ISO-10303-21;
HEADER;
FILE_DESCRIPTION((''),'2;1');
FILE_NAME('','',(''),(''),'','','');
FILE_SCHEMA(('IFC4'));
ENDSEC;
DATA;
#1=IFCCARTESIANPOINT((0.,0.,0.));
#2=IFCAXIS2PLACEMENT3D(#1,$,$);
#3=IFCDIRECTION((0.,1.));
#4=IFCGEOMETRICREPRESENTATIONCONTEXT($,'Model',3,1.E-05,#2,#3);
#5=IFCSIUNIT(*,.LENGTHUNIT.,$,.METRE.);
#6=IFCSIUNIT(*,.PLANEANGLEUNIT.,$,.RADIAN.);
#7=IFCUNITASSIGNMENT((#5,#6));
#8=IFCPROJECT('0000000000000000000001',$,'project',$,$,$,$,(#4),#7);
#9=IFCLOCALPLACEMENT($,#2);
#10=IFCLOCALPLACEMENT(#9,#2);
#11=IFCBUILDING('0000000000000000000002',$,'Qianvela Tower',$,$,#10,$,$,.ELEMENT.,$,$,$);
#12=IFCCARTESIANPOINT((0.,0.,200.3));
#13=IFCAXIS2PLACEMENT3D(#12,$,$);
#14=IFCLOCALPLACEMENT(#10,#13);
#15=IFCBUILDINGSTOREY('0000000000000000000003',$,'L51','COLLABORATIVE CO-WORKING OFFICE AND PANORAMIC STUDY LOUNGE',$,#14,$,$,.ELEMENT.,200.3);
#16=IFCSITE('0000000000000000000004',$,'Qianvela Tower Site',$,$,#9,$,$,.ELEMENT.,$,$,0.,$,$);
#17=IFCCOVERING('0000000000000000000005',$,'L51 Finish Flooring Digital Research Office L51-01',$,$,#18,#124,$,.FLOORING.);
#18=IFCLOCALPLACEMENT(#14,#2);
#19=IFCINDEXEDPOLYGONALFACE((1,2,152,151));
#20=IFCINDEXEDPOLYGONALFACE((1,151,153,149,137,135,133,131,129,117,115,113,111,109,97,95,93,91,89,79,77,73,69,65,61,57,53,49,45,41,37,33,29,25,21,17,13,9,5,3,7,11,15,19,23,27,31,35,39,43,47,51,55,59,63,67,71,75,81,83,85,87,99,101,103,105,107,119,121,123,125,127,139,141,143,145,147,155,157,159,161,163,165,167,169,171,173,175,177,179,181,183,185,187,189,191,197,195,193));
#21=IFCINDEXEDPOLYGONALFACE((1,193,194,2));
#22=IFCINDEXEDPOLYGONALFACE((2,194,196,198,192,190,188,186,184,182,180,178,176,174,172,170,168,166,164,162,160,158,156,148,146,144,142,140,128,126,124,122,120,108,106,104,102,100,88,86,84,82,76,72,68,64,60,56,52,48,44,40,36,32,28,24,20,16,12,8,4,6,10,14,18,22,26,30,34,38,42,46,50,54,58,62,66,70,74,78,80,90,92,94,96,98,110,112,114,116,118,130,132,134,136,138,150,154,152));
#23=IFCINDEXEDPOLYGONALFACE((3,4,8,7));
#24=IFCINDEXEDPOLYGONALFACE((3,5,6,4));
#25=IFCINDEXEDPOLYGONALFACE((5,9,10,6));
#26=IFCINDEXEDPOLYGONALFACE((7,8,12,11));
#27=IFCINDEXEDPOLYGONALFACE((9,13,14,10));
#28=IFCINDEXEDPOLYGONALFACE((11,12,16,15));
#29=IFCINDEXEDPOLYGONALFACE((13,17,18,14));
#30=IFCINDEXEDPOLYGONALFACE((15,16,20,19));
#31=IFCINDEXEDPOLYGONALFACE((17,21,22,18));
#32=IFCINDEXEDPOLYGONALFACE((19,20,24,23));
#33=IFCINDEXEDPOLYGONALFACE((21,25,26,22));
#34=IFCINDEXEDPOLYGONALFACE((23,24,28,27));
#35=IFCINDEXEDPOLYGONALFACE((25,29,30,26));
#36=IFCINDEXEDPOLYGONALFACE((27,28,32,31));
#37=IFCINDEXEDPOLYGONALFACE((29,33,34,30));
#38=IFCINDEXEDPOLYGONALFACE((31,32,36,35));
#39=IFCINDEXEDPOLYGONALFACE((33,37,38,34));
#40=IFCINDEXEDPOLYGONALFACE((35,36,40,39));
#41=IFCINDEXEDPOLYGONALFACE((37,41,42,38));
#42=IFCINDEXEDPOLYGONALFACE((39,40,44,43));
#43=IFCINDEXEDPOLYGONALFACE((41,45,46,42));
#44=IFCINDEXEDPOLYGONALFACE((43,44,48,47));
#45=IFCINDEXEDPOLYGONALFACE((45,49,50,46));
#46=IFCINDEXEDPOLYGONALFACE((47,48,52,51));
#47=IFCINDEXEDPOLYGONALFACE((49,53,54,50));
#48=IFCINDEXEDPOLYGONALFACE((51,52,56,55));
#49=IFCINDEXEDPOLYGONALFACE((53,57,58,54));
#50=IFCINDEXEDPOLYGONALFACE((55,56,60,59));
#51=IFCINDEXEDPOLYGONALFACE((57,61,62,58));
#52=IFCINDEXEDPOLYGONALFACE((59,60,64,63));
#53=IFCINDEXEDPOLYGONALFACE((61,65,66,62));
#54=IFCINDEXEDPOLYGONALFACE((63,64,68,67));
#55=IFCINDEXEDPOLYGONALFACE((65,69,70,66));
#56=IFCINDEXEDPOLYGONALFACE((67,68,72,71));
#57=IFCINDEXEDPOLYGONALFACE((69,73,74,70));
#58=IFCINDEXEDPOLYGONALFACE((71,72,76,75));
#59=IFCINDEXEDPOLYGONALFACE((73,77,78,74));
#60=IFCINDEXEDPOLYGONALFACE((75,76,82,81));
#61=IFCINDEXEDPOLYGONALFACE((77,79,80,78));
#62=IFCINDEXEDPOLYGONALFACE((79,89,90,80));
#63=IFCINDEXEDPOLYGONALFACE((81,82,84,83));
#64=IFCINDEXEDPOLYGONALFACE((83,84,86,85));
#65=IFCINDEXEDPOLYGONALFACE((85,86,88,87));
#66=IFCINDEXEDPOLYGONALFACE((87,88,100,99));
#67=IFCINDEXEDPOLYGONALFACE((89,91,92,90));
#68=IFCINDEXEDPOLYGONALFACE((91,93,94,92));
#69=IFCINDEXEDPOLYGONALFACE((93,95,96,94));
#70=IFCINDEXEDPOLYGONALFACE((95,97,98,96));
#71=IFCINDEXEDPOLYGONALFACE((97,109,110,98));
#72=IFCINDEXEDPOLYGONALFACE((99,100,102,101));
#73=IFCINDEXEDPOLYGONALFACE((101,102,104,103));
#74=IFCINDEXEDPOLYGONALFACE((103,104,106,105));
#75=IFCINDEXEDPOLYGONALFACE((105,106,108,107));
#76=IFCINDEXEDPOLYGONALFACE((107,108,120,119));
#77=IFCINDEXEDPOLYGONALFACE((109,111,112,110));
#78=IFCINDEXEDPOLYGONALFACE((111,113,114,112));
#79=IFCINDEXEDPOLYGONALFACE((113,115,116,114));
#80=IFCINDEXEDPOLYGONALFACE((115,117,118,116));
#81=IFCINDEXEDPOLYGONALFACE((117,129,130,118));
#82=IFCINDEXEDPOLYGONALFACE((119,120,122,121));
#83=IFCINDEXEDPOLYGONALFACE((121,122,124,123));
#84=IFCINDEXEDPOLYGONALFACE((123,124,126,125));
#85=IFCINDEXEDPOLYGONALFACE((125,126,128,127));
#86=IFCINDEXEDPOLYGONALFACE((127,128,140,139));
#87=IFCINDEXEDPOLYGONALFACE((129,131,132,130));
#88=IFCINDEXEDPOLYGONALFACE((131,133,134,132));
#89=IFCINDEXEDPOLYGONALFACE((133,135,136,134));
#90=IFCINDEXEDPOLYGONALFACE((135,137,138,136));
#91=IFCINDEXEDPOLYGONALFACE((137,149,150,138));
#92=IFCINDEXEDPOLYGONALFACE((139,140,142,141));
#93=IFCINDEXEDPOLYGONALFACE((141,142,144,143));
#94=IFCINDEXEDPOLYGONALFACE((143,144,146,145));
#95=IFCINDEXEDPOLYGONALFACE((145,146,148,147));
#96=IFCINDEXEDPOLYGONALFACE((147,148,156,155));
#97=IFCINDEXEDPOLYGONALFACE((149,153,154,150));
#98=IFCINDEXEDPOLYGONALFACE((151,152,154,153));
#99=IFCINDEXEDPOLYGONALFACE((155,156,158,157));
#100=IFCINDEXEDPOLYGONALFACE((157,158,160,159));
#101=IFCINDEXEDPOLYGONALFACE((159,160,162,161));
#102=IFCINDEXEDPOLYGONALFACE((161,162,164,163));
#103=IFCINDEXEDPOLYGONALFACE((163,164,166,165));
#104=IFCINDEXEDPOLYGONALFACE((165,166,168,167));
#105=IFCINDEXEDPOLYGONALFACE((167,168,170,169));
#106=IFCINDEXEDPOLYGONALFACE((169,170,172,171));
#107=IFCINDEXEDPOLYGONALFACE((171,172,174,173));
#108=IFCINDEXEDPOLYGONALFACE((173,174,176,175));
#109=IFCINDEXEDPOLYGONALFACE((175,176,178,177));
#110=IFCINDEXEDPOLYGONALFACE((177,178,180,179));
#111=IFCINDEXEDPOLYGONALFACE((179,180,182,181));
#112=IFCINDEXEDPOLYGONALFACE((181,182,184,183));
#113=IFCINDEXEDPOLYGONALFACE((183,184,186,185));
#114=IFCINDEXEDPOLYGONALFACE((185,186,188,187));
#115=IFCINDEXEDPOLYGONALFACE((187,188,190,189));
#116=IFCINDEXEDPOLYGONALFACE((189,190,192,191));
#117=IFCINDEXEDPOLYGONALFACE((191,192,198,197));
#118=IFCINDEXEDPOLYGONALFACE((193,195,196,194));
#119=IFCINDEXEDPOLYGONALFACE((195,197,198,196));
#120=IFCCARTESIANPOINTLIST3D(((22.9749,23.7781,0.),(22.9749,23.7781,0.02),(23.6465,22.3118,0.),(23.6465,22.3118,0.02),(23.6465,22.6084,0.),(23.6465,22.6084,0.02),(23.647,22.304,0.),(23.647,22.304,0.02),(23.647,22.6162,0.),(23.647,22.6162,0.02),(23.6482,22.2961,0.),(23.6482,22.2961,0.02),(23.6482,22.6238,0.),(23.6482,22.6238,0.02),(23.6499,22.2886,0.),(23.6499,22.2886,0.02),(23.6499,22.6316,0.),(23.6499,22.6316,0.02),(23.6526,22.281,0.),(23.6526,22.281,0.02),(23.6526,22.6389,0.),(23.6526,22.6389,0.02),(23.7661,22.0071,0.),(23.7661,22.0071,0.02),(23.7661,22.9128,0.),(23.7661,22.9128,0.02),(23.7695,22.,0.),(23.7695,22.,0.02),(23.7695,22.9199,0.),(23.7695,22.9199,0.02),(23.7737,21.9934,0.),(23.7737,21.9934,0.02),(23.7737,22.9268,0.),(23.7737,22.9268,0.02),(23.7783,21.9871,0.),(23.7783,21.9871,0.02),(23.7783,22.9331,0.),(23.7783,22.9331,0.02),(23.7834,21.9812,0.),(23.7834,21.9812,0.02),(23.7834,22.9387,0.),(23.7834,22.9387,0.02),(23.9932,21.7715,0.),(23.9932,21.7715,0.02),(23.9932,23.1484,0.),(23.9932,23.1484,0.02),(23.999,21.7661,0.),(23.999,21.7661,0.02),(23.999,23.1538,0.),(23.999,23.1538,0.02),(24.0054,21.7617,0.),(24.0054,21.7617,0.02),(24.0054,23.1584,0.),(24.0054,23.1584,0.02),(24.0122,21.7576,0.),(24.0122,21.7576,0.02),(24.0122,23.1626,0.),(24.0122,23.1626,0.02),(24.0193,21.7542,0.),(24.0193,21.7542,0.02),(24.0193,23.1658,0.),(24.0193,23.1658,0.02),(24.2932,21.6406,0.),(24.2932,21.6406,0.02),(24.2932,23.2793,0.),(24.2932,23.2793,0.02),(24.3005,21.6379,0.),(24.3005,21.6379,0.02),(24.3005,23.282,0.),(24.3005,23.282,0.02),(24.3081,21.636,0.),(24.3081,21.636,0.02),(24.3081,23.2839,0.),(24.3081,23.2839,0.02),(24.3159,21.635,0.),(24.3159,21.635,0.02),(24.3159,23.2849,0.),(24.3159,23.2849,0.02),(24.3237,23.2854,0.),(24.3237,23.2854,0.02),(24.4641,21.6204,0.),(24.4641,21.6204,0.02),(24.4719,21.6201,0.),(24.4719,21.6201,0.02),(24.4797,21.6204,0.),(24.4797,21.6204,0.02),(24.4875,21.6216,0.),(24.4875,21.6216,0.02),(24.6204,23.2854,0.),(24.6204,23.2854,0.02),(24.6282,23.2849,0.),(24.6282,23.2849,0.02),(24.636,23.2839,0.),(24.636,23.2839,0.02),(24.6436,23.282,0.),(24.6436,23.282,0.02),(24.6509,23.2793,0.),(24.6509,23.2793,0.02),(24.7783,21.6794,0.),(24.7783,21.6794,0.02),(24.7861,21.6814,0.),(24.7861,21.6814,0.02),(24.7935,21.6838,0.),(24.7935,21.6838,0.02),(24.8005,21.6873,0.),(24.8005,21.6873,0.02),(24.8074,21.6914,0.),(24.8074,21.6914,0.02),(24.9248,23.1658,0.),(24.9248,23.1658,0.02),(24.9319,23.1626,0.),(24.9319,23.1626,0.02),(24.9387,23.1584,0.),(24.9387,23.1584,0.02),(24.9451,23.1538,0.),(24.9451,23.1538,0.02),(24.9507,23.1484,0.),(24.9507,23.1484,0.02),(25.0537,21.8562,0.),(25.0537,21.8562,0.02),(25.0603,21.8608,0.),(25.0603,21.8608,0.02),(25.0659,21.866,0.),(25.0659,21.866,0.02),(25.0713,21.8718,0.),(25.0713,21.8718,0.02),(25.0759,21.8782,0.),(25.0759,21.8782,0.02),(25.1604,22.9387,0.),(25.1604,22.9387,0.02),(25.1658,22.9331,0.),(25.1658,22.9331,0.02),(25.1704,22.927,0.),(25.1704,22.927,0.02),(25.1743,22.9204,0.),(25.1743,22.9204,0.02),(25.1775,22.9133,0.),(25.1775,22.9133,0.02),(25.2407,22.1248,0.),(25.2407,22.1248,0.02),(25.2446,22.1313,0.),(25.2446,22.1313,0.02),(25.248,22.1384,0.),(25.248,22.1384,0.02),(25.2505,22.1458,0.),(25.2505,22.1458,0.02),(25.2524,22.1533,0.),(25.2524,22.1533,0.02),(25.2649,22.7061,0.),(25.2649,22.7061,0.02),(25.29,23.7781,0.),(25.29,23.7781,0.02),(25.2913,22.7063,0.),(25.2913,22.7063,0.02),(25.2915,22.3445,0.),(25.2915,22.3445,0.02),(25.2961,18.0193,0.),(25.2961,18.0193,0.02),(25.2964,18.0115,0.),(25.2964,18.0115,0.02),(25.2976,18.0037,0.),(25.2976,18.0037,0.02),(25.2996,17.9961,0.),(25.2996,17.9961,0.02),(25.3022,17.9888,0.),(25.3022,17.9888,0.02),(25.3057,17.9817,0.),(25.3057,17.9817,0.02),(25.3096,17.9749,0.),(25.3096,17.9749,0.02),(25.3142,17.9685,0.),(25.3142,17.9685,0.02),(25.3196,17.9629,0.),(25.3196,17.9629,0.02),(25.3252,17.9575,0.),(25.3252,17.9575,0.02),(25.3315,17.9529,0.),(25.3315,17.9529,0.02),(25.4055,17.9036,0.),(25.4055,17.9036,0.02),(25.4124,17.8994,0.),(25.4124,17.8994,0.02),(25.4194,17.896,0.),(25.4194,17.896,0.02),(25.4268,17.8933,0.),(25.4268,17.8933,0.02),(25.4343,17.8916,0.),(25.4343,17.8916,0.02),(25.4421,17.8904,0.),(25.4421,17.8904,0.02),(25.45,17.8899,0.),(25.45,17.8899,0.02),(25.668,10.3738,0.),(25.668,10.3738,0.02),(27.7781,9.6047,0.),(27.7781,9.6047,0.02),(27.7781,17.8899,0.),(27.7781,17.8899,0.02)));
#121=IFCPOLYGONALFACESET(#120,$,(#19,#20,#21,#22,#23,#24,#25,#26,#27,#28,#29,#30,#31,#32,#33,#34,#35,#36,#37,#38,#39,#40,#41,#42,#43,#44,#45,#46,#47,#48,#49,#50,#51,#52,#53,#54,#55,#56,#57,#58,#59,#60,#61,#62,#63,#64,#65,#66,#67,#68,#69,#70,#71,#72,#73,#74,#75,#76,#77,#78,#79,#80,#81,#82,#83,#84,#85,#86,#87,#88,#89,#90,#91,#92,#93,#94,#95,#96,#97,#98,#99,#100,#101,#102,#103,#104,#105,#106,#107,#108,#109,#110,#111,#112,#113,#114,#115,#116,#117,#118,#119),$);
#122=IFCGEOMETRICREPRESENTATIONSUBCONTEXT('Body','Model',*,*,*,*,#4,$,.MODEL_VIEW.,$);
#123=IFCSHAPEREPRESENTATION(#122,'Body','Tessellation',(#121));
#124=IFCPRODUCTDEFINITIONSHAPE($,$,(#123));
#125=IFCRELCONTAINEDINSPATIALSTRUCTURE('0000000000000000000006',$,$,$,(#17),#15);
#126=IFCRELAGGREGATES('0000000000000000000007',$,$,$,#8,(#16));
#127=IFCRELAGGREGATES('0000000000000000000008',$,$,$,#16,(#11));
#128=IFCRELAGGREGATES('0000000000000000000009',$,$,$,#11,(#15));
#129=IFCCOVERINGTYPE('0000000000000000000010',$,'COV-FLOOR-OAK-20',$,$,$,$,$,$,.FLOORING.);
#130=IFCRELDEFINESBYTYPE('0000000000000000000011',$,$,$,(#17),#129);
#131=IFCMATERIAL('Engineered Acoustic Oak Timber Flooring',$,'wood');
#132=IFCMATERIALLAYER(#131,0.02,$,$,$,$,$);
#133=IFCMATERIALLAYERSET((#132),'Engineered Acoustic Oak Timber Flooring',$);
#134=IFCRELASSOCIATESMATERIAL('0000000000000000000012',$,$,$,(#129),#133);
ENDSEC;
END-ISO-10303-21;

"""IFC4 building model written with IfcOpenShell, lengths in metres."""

from ifc_helpers import new_model, si_unit, direction, frame, origin, place, context, subcontext, project, spatial, polyline, outline, extrude, material, layer, layer_set, type_object, element, save


model = new_model("IFC4")

# Units and contexts
model_context = context("Model", 3, precision=1e-05, world=origin(), true_north=direction((0.0, 1.0)))
body_context = subcontext(model_context, "Body", "Model", "MODEL_VIEW")
ifc_project = project(units=[si_unit("LENGTHUNIT", "METRE"), si_unit("PLANEANGLEUNIT", "RADIAN")], contexts=[model_context])

# Site, building, storey
site_placement = place(None, origin())
site = spatial("IfcSite", under=ifc_project, at=site_placement, Name="Qianvela Tower Site", CompositionType="ELEMENT", RefElevation=0.0)
building_placement = place(site_placement, origin())
building = spatial("IfcBuilding", under=site, at=building_placement, Name="Qianvela Tower", CompositionType="ELEMENT")
storey_placement = place(building_placement, frame((0.0, 0.0, 200.3)))
storey = spatial("IfcBuildingStorey", under=building, at=storey_placement, Name="L51", Description="COLLABORATIVE CO-WORKING OFFICE AND PANORAMIC STUDY LOUNGE", CompositionType="ELEMENT", Elevation=200.3)

# Covering
ifc_material_1 = material(Name="Engineered Acoustic Oak Timber Flooring", Category="wood")
ifc_layer_1 = layer(ifc_material_1, 0.02)
ifc_layer_set_1 = layer_set([ifc_layer_1], Name="Engineered Acoustic Oak Timber Flooring")
covering_type_1 = type_object("IfcCoveringType", Name="COV-FLOOR-OAK-20", PredefinedType="FLOORING", material=ifc_layer_set_1)
covering_1_placement = place(storey_placement, origin())
element("IfcCovering", 1, at=covering_1_placement, inside=storey, type_object=covering_type_1, Name="L51 Finish Flooring Digital Research Office L51-01", PredefinedType="FLOORING", context=body_context, shape_type="SweptSolid", body=[
    extrude(outline(polyline([(25.2913, 22.7063), (25.2649, 22.7061), (25.1775, 22.9133), (25.1743, 22.9204), (25.1704, 22.927), (25.1658, 22.9331), (25.1604, 22.9387), (24.9507, 23.1484), (24.9451, 23.1538), (24.9387, 23.1584), (24.9319, 23.1626), (24.9248, 23.1658), (24.6509, 23.2793), (24.6436, 23.282), (24.636, 23.2839), (24.6282, 23.2849), (24.6204, 23.2854), (24.3237, 23.2854), (24.3159, 23.2849), (24.3081, 23.2839), (24.3005, 23.282), (24.2932, 23.2793), (24.0193, 23.1658), (24.0122, 23.1626), (24.0054, 23.1584), (23.999, 23.1538), (23.9932, 23.1484), (23.7834, 22.9387), (23.7783, 22.9331), (23.7737, 22.9268), (23.7695, 22.9199), (23.7661, 22.9128), (23.6526, 22.6389), (23.6499, 22.6316), (23.6482, 22.6238), (23.647, 22.6162), (23.6465, 22.6084), (23.6465, 22.3118), (23.647, 22.304), (23.6482, 22.2961), (23.6499, 22.2886), (23.6526, 22.281), (23.7661, 22.0071), (23.7695, 22.0), (23.7737, 21.9934), (23.7783, 21.9871), (23.7834, 21.9812), (23.9932, 21.7715), (23.999, 21.7661), (24.0054, 21.7617), (24.0122, 21.7576), (24.0193, 21.7542), (24.2932, 21.6406), (24.3005, 21.6379), (24.3081, 21.636), (24.3159, 21.635), (24.4641, 21.6204), (24.4719, 21.6201), (24.4797, 21.6204), (24.4875, 21.6216), (24.7783, 21.6794), (24.7861, 21.6814), (24.7935, 21.6838), (24.8005, 21.6873), (24.8074, 21.6914), (25.0537, 21.8562), (25.0603, 21.8608), (25.0659, 21.866), (25.0713, 21.8718), (25.0759, 21.8782), (25.2407, 22.1248), (25.2446, 22.1313), (25.248, 22.1384), (25.2505, 22.1458), (25.2524, 22.1533), (25.2915, 22.3445), (25.2961, 18.0193), (25.2964, 18.0115), (25.2976, 18.0037), (25.2996, 17.9961), (25.3022, 17.9888), (25.3057, 17.9817), (25.3096, 17.9749), (25.3142, 17.9685), (25.3196, 17.9629), (25.3252, 17.9575), (25.3315, 17.9529), (25.4055, 17.9036), (25.4124, 17.8994), (25.4194, 17.896), (25.4268, 17.8933), (25.4343, 17.8916), (25.4421, 17.8904), (25.45, 17.8899), (27.7781, 17.8899), (27.7781, 9.6047), (25.668, 10.3738), (22.9749, 23.7781), (25.29, 23.7781), (25.2913, 22.7063)])), origin(), (0.0, 0.0, 1.0), 0.02),
])

save(model, "model.ifc")
